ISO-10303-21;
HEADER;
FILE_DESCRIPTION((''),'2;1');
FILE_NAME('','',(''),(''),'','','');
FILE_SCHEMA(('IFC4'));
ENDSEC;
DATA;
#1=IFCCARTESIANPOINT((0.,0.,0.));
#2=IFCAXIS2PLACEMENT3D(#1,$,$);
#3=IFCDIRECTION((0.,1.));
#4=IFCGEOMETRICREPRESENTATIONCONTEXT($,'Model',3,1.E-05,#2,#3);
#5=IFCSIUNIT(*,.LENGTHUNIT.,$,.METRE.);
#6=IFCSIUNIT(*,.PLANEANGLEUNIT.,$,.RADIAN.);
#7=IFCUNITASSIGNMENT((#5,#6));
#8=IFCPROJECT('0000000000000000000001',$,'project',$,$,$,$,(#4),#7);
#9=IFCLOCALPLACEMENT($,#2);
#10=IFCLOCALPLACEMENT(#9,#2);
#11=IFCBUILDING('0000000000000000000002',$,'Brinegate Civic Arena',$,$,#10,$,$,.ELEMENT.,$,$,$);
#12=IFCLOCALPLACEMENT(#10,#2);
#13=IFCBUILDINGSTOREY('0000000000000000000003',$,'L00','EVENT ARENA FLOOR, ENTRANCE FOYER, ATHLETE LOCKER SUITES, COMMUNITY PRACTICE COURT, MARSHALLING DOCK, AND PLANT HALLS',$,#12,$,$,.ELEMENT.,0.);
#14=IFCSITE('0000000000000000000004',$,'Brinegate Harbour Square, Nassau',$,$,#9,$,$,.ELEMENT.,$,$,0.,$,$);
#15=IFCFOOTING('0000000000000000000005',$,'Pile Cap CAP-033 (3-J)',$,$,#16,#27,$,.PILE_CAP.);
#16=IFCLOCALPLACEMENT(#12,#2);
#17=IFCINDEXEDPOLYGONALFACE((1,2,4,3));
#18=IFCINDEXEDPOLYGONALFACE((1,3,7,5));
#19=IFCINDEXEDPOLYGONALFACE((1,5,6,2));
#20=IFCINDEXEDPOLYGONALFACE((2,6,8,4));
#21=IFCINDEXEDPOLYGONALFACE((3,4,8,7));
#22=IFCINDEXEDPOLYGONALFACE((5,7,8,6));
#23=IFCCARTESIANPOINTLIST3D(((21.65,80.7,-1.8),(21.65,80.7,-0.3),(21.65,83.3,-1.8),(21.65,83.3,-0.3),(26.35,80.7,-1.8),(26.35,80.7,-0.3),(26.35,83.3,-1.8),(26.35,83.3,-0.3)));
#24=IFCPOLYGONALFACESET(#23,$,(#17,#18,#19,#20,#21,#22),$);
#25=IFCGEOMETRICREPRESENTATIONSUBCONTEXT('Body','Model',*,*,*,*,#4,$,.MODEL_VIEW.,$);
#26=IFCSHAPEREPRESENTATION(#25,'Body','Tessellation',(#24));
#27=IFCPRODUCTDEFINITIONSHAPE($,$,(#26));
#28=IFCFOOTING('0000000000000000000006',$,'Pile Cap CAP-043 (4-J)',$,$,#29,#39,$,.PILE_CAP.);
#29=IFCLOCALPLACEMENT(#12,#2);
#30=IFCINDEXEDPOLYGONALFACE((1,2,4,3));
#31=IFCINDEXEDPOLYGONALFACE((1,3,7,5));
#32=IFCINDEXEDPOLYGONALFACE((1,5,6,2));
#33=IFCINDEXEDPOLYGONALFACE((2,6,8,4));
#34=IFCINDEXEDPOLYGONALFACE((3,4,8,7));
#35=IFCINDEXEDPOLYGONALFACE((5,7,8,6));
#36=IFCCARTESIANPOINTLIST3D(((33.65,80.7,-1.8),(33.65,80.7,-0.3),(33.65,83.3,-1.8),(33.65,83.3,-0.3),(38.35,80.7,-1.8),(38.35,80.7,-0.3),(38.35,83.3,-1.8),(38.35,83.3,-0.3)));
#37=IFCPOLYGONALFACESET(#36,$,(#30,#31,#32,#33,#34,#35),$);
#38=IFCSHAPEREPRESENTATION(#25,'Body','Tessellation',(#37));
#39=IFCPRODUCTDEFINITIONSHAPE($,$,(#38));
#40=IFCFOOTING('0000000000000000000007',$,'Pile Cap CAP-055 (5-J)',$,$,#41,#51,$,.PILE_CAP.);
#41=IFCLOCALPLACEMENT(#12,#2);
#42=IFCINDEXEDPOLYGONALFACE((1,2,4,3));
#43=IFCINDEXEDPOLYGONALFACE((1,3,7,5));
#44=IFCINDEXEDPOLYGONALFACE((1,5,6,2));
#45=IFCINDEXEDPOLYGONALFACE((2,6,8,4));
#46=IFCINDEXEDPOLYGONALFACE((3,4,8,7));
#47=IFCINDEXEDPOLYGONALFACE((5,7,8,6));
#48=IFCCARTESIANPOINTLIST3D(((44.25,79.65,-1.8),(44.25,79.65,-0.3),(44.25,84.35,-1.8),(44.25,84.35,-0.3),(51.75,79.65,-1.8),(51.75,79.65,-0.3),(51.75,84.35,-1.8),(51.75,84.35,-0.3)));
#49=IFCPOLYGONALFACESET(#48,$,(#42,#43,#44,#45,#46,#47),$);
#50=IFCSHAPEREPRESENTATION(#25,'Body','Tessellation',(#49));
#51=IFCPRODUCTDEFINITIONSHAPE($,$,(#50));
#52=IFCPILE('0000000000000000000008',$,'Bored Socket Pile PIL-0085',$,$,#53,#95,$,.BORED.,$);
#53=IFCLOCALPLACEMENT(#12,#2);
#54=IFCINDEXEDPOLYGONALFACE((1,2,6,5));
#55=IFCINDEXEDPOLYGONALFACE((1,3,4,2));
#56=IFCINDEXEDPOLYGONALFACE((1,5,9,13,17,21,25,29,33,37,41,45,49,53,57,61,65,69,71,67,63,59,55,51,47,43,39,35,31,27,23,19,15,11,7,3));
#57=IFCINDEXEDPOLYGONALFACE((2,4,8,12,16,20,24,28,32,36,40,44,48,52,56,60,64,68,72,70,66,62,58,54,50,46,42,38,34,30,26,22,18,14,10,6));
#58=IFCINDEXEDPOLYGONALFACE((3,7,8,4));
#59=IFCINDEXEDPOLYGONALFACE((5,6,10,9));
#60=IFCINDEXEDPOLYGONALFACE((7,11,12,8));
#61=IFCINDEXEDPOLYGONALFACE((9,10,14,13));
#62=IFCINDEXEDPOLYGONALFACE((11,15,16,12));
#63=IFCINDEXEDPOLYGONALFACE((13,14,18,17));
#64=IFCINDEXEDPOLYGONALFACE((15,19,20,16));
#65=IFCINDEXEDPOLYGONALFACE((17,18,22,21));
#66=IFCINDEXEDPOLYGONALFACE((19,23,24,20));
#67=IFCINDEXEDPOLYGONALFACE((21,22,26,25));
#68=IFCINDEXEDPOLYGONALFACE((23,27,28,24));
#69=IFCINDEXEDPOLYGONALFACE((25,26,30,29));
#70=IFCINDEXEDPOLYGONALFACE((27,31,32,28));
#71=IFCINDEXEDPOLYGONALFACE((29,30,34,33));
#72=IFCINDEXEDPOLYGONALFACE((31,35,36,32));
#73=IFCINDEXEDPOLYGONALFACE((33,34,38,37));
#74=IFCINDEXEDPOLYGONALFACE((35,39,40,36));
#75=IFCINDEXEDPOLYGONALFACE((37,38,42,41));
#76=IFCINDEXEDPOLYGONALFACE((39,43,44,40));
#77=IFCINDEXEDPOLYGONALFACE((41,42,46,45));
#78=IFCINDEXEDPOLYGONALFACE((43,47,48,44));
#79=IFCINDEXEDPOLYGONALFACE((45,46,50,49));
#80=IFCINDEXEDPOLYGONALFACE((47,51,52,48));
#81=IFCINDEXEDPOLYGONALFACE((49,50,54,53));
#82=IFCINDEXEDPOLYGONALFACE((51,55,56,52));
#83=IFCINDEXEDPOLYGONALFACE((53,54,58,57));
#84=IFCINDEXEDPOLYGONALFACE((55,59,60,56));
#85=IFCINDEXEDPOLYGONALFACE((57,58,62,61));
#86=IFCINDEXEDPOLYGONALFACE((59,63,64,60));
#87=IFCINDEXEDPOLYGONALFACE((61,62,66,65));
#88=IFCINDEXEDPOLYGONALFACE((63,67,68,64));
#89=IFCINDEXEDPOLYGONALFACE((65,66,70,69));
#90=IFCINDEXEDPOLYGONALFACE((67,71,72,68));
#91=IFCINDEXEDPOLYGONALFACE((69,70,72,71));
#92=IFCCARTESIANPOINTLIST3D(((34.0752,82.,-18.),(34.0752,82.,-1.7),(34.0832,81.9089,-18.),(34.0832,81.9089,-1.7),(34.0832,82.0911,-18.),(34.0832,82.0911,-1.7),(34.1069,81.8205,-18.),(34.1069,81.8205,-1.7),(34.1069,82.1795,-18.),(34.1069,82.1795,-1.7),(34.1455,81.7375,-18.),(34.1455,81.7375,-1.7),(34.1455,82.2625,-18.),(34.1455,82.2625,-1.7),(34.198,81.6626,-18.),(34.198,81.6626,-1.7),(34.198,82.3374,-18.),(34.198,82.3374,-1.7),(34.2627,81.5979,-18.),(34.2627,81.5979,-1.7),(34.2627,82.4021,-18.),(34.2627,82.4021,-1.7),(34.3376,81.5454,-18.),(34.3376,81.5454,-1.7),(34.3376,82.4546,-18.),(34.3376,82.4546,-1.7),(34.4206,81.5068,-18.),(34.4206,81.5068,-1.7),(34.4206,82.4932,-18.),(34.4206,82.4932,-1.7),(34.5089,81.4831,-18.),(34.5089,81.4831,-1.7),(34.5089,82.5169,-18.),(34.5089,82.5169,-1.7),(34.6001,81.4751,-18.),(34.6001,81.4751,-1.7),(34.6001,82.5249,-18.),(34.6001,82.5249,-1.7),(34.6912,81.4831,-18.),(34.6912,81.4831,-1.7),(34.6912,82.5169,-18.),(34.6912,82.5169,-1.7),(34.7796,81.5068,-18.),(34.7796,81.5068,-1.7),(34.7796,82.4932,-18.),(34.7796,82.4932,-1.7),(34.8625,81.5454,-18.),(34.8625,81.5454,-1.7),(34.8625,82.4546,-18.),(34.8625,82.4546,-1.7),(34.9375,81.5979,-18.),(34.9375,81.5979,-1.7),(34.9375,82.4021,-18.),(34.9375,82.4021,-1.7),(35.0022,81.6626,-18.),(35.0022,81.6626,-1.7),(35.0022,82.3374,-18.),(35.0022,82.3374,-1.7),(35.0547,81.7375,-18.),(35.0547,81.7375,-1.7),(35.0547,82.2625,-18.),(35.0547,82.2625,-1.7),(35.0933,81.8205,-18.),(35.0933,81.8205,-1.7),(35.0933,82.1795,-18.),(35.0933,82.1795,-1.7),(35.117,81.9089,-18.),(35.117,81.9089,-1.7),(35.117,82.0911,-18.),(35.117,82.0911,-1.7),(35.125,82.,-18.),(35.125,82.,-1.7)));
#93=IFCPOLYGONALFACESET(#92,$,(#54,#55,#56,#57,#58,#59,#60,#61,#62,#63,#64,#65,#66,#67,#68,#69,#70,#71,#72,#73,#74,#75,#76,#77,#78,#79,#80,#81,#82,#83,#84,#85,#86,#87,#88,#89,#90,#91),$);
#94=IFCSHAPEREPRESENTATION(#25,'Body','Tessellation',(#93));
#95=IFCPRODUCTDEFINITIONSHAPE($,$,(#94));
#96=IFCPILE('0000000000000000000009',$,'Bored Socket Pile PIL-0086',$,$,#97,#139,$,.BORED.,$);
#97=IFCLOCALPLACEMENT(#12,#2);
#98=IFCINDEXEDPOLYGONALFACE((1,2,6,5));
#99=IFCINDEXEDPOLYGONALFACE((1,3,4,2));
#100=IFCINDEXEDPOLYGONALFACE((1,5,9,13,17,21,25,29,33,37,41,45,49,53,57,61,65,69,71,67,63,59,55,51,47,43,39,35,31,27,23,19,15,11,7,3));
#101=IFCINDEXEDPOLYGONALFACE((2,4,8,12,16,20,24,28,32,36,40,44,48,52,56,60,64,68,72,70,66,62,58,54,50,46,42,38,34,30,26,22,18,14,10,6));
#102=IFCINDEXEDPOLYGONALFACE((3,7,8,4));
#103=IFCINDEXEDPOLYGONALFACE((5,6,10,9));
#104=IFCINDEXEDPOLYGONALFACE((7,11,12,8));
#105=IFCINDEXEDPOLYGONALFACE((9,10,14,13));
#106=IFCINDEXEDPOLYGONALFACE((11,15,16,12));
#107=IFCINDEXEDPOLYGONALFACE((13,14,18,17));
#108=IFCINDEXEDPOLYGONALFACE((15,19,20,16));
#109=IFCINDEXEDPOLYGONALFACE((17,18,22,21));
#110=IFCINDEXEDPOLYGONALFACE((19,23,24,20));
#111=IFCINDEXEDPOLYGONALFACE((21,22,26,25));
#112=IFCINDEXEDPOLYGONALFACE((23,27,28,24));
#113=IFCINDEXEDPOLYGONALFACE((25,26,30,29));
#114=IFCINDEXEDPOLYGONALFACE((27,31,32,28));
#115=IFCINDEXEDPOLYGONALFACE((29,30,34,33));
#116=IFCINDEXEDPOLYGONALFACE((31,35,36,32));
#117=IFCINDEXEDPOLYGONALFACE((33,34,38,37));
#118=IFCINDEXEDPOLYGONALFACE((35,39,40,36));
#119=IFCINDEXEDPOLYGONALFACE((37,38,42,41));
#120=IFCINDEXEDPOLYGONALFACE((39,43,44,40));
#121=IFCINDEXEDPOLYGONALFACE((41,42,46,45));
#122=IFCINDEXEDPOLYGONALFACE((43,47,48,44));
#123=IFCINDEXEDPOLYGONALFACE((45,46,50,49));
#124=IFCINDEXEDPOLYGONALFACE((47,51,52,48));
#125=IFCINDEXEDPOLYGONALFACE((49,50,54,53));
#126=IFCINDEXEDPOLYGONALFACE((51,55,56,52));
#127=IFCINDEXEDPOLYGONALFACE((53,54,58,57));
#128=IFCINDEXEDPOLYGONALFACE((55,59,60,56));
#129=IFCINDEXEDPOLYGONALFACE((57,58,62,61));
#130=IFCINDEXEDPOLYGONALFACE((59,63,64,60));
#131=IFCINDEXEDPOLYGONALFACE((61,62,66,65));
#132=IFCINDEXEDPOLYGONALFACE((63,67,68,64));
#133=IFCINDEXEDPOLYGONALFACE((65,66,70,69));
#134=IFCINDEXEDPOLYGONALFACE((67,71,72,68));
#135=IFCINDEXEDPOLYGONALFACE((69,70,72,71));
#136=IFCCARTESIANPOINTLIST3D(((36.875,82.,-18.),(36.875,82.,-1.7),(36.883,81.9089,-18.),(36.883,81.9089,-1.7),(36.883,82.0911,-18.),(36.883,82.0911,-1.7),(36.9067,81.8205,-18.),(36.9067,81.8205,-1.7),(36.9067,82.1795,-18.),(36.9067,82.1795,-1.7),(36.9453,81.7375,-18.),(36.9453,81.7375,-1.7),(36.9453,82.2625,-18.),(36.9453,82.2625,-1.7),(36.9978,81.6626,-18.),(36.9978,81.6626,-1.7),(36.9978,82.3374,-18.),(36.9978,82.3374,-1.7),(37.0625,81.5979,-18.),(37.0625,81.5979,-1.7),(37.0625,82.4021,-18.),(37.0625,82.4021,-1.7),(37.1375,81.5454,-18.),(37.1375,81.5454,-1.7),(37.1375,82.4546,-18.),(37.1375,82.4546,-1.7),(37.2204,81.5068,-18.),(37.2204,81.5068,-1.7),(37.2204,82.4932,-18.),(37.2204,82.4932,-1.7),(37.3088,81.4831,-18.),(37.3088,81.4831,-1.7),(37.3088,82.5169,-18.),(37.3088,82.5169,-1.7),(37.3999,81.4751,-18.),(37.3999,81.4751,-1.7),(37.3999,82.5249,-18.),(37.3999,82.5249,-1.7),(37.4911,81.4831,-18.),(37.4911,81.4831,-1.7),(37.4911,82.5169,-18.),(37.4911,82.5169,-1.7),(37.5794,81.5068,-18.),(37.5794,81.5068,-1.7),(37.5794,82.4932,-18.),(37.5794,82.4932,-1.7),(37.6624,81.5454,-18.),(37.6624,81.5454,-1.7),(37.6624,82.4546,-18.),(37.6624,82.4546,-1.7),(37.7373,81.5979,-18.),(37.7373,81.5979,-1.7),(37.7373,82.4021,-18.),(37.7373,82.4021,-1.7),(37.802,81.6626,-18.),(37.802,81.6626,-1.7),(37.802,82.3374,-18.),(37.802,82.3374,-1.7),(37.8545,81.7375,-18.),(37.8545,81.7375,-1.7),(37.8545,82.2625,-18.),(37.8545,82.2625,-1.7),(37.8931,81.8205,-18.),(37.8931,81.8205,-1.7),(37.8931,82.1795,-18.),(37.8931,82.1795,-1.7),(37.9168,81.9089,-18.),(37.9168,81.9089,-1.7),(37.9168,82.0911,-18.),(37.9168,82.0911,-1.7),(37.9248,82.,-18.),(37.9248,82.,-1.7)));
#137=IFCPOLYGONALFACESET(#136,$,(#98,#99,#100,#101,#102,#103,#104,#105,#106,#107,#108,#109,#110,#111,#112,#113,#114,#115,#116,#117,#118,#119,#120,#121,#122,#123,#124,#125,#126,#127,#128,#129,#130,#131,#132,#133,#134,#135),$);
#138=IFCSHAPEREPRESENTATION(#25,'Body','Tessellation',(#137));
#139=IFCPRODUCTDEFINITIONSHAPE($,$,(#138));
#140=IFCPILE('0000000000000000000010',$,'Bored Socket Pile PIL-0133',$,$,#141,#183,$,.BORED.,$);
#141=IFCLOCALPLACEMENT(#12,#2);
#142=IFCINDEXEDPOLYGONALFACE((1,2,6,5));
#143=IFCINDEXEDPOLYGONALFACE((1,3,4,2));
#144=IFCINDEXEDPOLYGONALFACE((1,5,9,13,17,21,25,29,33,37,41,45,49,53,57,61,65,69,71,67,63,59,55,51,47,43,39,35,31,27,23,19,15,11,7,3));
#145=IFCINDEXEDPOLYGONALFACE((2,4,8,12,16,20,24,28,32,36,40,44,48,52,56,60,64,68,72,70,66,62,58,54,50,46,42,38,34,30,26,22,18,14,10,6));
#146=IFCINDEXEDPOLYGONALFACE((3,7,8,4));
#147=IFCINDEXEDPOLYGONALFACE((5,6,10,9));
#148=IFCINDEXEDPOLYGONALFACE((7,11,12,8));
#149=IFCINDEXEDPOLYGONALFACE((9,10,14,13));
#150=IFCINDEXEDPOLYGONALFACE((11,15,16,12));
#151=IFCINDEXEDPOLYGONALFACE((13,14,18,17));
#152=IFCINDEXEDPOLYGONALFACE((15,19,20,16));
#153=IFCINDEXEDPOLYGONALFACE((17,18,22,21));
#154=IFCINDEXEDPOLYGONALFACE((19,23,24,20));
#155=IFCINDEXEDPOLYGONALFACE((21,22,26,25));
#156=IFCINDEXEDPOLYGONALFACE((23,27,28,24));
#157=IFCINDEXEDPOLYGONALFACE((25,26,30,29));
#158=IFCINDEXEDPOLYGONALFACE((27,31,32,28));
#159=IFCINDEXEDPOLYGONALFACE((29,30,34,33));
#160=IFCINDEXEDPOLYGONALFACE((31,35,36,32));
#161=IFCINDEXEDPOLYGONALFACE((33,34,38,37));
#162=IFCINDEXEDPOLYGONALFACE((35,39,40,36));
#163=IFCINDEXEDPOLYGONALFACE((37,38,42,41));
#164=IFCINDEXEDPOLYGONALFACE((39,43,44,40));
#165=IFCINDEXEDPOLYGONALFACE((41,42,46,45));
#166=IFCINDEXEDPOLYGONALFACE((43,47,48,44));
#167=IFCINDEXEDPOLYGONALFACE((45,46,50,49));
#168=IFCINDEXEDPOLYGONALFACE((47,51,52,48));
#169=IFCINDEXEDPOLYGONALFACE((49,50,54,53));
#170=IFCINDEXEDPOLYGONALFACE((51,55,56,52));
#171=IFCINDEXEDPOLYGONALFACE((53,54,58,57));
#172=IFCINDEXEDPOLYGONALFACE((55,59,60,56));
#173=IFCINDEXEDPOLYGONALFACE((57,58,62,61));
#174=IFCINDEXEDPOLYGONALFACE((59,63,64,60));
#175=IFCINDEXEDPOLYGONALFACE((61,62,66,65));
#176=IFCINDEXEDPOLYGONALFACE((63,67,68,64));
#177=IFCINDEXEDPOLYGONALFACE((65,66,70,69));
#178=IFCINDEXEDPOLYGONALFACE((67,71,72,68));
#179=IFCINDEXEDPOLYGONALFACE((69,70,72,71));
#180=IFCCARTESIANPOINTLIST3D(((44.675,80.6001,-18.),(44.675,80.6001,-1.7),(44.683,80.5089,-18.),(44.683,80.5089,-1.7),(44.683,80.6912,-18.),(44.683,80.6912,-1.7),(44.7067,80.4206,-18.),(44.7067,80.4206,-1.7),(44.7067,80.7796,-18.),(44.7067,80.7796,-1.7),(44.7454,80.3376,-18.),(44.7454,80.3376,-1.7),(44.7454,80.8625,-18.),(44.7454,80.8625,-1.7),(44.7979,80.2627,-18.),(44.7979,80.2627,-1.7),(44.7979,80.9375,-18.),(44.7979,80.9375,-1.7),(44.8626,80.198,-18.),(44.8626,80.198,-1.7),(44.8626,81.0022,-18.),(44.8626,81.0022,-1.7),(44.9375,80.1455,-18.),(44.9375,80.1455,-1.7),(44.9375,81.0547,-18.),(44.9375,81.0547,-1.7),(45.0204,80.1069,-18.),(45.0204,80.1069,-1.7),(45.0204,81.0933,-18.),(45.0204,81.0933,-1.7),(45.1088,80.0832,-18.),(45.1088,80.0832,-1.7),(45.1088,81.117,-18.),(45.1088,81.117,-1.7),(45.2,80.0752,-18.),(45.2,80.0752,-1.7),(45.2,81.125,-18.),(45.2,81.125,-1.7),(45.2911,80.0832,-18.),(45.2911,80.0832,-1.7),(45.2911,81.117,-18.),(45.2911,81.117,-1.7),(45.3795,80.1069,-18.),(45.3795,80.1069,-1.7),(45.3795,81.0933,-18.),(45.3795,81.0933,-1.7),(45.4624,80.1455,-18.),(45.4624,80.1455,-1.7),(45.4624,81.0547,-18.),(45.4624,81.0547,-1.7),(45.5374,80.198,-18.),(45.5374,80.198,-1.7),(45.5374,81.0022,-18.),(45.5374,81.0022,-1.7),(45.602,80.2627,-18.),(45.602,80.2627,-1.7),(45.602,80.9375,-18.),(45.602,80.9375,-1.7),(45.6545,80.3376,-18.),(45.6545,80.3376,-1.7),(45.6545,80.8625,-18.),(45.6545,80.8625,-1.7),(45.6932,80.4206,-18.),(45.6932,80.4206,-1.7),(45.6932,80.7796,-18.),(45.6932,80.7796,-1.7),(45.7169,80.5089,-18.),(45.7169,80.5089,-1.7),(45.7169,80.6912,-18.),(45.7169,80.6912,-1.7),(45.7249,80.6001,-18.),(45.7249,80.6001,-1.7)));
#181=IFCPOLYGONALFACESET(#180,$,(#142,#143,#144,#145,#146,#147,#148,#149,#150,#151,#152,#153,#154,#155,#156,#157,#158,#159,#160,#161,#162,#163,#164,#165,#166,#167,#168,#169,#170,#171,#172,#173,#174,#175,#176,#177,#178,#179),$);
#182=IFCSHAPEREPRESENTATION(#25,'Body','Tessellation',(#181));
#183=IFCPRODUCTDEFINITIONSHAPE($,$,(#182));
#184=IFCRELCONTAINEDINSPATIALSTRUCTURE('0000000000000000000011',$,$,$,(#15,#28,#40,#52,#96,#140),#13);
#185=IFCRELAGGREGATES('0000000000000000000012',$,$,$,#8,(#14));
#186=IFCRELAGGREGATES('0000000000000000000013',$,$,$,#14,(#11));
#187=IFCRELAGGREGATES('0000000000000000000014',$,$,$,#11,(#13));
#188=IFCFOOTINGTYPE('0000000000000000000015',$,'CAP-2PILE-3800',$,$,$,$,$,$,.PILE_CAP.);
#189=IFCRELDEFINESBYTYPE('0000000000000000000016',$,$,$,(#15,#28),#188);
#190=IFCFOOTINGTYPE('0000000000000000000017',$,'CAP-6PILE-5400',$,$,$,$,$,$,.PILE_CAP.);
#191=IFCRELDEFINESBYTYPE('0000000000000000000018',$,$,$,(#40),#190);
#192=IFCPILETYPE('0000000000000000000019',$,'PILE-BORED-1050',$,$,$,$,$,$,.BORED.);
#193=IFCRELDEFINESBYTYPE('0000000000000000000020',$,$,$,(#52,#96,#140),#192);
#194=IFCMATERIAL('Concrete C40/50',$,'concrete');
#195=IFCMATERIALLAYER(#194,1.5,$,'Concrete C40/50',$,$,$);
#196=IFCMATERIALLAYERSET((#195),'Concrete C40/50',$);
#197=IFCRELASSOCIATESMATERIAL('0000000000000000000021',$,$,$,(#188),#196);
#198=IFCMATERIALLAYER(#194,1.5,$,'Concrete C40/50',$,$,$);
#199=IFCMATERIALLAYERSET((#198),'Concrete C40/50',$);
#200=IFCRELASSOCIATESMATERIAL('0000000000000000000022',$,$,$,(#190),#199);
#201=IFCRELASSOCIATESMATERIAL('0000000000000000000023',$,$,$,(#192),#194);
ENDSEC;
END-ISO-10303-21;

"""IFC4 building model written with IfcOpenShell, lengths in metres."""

from ifc_helpers import new_model, si_unit, direction, frame, origin, origin_2d, place, context, subcontext, project, spatial, rectangle, circle, extrude, material, layer, layer_set, material_profile, profile_set, type_object, element, save


model = new_model("IFC4")

# Units and contexts
model_context = context("Model", 3, precision=1e-05, world=origin(), true_north=direction((0.0, 1.0)))
body_context = subcontext(model_context, "Body", "Model", "MODEL_VIEW")
ifc_project = project(units=[si_unit("LENGTHUNIT", "METRE"), si_unit("PLANEANGLEUNIT", "RADIAN")], contexts=[model_context])

# Site, building, storey
site_placement = place(None, origin())
site = spatial("IfcSite", under=ifc_project, at=site_placement, Name="Brinegate Harbour Square, Nassau", CompositionType="ELEMENT", RefElevation=0.0)
building_placement = place(site_placement, origin())
building = spatial("IfcBuilding", under=site, at=building_placement, Name="Brinegate Civic Arena", CompositionType="ELEMENT")
storey_placement = place(building_placement, origin())
storey = spatial("IfcBuildingStorey", under=building, at=storey_placement, Name="L00", Description="EVENT ARENA FLOOR, ENTRANCE FOYER, ATHLETE LOCKER SUITES, COMMUNITY PRACTICE COURT, MARSHALLING DOCK, AND PLANT HALLS", CompositionType="ELEMENT", Elevation=0.0)

# Footings
ifc_material_1 = material(Name="Concrete C40/50", Category="concrete")
ifc_layer_1 = layer(ifc_material_1, 1.5, Name="Concrete C40/50")
ifc_layer_set_1 = layer_set([ifc_layer_1], Name="Concrete C40/50")
footing_type_1 = type_object("IfcFootingType", Name="CAP-2PILE-3800", PredefinedType="PILE_CAP", material=ifc_layer_set_1)
for number, where, z_axis, x_axis, name in (
    (1, (24.0, 82.0, -1.8), (0.0, 0.0, 1.0), (1.0, 0.0, 0.0), "Pile Cap CAP-033 (3-J)"),
    (2, (36.0, 82.0, -1.8), (0.0, 0.0, 1.0), (1.0, 0.0, 0.0), "Pile Cap CAP-043 (4-J)"),
):
    element("IfcFooting", number, at=place(storey_placement, frame(where, z_axis=z_axis, x_axis=x_axis)), inside=storey, type_object=footing_type_1, Name=name, PredefinedType="PILE_CAP", context=body_context, shape_type="SweptSolid", body=[
        extrude(rectangle(XDim=4.7, YDim=2.6001, at=origin_2d()), origin(), (0.0, 0.0, 1.0), 1.5),
    ])
ifc_layer_2 = layer(ifc_material_1, 1.5, Name="Concrete C40/50")
ifc_layer_set_2 = layer_set([ifc_layer_2], Name="Concrete C40/50")
footing_type_2 = type_object("IfcFootingType", Name="CAP-6PILE-5400", PredefinedType="PILE_CAP", material=ifc_layer_set_2)
footing_1_placement = place(storey_placement, frame((48.0, 82.0, -1.8), z_axis=(0.0, 0.0, 1.0), x_axis=(1.0, 0.0, 0.0)))
element("IfcFooting", 3, at=footing_1_placement, inside=storey, type_object=footing_type_2, Name="Pile Cap CAP-055 (5-J)", PredefinedType="PILE_CAP", context=body_context, shape_type="SweptSolid", body=[
    extrude(rectangle(XDim=7.5, YDim=4.7, at=origin_2d()), origin(), (0.0, 0.0, 1.0), 1.5),
])

# Piles
ifc_material_profile_1 = material_profile(ifc_material_1, circle(Radius=0.5249, at=origin_2d()), Name="PILED1050")
ifc_profile_set_1 = profile_set([ifc_material_profile_1], Name="Concrete C40/50")
pile_type_1 = type_object("IfcPileType", Name="PILE-BORED-1050", PredefinedType="BORED", material=ifc_profile_set_1)
for number, where, z_axis, x_axis, name in (
    (4, (34.6001, 82.0, -1.7), (0.0, 0.0, -1.0), (1.0, 0.0, 0.0), "Bored Socket Pile PIL-0085"),
    (5, (37.3999, 82.0, -1.7), (0.0, 0.0, -1.0), (1.0, 0.0, 0.0), "Bored Socket Pile PIL-0086"),
    (6, (45.2, 80.6001, -1.7), (0.0, 0.0, -1.0), (1.0, 0.0, 0.0), "Bored Socket Pile PIL-0133"),
):
    element("IfcPile", number, at=place(storey_placement, frame(where, z_axis=z_axis, x_axis=x_axis)), inside=storey, type_object=pile_type_1, Name=name, PredefinedType="BORED", context=body_context, shape_type="SweptSolid", body=[
        extrude(circle(Radius=0.5249, at=origin_2d()), origin(), (0.0, 0.0, 1.0), 16.3),
    ])

save(model, "model.ifc")
